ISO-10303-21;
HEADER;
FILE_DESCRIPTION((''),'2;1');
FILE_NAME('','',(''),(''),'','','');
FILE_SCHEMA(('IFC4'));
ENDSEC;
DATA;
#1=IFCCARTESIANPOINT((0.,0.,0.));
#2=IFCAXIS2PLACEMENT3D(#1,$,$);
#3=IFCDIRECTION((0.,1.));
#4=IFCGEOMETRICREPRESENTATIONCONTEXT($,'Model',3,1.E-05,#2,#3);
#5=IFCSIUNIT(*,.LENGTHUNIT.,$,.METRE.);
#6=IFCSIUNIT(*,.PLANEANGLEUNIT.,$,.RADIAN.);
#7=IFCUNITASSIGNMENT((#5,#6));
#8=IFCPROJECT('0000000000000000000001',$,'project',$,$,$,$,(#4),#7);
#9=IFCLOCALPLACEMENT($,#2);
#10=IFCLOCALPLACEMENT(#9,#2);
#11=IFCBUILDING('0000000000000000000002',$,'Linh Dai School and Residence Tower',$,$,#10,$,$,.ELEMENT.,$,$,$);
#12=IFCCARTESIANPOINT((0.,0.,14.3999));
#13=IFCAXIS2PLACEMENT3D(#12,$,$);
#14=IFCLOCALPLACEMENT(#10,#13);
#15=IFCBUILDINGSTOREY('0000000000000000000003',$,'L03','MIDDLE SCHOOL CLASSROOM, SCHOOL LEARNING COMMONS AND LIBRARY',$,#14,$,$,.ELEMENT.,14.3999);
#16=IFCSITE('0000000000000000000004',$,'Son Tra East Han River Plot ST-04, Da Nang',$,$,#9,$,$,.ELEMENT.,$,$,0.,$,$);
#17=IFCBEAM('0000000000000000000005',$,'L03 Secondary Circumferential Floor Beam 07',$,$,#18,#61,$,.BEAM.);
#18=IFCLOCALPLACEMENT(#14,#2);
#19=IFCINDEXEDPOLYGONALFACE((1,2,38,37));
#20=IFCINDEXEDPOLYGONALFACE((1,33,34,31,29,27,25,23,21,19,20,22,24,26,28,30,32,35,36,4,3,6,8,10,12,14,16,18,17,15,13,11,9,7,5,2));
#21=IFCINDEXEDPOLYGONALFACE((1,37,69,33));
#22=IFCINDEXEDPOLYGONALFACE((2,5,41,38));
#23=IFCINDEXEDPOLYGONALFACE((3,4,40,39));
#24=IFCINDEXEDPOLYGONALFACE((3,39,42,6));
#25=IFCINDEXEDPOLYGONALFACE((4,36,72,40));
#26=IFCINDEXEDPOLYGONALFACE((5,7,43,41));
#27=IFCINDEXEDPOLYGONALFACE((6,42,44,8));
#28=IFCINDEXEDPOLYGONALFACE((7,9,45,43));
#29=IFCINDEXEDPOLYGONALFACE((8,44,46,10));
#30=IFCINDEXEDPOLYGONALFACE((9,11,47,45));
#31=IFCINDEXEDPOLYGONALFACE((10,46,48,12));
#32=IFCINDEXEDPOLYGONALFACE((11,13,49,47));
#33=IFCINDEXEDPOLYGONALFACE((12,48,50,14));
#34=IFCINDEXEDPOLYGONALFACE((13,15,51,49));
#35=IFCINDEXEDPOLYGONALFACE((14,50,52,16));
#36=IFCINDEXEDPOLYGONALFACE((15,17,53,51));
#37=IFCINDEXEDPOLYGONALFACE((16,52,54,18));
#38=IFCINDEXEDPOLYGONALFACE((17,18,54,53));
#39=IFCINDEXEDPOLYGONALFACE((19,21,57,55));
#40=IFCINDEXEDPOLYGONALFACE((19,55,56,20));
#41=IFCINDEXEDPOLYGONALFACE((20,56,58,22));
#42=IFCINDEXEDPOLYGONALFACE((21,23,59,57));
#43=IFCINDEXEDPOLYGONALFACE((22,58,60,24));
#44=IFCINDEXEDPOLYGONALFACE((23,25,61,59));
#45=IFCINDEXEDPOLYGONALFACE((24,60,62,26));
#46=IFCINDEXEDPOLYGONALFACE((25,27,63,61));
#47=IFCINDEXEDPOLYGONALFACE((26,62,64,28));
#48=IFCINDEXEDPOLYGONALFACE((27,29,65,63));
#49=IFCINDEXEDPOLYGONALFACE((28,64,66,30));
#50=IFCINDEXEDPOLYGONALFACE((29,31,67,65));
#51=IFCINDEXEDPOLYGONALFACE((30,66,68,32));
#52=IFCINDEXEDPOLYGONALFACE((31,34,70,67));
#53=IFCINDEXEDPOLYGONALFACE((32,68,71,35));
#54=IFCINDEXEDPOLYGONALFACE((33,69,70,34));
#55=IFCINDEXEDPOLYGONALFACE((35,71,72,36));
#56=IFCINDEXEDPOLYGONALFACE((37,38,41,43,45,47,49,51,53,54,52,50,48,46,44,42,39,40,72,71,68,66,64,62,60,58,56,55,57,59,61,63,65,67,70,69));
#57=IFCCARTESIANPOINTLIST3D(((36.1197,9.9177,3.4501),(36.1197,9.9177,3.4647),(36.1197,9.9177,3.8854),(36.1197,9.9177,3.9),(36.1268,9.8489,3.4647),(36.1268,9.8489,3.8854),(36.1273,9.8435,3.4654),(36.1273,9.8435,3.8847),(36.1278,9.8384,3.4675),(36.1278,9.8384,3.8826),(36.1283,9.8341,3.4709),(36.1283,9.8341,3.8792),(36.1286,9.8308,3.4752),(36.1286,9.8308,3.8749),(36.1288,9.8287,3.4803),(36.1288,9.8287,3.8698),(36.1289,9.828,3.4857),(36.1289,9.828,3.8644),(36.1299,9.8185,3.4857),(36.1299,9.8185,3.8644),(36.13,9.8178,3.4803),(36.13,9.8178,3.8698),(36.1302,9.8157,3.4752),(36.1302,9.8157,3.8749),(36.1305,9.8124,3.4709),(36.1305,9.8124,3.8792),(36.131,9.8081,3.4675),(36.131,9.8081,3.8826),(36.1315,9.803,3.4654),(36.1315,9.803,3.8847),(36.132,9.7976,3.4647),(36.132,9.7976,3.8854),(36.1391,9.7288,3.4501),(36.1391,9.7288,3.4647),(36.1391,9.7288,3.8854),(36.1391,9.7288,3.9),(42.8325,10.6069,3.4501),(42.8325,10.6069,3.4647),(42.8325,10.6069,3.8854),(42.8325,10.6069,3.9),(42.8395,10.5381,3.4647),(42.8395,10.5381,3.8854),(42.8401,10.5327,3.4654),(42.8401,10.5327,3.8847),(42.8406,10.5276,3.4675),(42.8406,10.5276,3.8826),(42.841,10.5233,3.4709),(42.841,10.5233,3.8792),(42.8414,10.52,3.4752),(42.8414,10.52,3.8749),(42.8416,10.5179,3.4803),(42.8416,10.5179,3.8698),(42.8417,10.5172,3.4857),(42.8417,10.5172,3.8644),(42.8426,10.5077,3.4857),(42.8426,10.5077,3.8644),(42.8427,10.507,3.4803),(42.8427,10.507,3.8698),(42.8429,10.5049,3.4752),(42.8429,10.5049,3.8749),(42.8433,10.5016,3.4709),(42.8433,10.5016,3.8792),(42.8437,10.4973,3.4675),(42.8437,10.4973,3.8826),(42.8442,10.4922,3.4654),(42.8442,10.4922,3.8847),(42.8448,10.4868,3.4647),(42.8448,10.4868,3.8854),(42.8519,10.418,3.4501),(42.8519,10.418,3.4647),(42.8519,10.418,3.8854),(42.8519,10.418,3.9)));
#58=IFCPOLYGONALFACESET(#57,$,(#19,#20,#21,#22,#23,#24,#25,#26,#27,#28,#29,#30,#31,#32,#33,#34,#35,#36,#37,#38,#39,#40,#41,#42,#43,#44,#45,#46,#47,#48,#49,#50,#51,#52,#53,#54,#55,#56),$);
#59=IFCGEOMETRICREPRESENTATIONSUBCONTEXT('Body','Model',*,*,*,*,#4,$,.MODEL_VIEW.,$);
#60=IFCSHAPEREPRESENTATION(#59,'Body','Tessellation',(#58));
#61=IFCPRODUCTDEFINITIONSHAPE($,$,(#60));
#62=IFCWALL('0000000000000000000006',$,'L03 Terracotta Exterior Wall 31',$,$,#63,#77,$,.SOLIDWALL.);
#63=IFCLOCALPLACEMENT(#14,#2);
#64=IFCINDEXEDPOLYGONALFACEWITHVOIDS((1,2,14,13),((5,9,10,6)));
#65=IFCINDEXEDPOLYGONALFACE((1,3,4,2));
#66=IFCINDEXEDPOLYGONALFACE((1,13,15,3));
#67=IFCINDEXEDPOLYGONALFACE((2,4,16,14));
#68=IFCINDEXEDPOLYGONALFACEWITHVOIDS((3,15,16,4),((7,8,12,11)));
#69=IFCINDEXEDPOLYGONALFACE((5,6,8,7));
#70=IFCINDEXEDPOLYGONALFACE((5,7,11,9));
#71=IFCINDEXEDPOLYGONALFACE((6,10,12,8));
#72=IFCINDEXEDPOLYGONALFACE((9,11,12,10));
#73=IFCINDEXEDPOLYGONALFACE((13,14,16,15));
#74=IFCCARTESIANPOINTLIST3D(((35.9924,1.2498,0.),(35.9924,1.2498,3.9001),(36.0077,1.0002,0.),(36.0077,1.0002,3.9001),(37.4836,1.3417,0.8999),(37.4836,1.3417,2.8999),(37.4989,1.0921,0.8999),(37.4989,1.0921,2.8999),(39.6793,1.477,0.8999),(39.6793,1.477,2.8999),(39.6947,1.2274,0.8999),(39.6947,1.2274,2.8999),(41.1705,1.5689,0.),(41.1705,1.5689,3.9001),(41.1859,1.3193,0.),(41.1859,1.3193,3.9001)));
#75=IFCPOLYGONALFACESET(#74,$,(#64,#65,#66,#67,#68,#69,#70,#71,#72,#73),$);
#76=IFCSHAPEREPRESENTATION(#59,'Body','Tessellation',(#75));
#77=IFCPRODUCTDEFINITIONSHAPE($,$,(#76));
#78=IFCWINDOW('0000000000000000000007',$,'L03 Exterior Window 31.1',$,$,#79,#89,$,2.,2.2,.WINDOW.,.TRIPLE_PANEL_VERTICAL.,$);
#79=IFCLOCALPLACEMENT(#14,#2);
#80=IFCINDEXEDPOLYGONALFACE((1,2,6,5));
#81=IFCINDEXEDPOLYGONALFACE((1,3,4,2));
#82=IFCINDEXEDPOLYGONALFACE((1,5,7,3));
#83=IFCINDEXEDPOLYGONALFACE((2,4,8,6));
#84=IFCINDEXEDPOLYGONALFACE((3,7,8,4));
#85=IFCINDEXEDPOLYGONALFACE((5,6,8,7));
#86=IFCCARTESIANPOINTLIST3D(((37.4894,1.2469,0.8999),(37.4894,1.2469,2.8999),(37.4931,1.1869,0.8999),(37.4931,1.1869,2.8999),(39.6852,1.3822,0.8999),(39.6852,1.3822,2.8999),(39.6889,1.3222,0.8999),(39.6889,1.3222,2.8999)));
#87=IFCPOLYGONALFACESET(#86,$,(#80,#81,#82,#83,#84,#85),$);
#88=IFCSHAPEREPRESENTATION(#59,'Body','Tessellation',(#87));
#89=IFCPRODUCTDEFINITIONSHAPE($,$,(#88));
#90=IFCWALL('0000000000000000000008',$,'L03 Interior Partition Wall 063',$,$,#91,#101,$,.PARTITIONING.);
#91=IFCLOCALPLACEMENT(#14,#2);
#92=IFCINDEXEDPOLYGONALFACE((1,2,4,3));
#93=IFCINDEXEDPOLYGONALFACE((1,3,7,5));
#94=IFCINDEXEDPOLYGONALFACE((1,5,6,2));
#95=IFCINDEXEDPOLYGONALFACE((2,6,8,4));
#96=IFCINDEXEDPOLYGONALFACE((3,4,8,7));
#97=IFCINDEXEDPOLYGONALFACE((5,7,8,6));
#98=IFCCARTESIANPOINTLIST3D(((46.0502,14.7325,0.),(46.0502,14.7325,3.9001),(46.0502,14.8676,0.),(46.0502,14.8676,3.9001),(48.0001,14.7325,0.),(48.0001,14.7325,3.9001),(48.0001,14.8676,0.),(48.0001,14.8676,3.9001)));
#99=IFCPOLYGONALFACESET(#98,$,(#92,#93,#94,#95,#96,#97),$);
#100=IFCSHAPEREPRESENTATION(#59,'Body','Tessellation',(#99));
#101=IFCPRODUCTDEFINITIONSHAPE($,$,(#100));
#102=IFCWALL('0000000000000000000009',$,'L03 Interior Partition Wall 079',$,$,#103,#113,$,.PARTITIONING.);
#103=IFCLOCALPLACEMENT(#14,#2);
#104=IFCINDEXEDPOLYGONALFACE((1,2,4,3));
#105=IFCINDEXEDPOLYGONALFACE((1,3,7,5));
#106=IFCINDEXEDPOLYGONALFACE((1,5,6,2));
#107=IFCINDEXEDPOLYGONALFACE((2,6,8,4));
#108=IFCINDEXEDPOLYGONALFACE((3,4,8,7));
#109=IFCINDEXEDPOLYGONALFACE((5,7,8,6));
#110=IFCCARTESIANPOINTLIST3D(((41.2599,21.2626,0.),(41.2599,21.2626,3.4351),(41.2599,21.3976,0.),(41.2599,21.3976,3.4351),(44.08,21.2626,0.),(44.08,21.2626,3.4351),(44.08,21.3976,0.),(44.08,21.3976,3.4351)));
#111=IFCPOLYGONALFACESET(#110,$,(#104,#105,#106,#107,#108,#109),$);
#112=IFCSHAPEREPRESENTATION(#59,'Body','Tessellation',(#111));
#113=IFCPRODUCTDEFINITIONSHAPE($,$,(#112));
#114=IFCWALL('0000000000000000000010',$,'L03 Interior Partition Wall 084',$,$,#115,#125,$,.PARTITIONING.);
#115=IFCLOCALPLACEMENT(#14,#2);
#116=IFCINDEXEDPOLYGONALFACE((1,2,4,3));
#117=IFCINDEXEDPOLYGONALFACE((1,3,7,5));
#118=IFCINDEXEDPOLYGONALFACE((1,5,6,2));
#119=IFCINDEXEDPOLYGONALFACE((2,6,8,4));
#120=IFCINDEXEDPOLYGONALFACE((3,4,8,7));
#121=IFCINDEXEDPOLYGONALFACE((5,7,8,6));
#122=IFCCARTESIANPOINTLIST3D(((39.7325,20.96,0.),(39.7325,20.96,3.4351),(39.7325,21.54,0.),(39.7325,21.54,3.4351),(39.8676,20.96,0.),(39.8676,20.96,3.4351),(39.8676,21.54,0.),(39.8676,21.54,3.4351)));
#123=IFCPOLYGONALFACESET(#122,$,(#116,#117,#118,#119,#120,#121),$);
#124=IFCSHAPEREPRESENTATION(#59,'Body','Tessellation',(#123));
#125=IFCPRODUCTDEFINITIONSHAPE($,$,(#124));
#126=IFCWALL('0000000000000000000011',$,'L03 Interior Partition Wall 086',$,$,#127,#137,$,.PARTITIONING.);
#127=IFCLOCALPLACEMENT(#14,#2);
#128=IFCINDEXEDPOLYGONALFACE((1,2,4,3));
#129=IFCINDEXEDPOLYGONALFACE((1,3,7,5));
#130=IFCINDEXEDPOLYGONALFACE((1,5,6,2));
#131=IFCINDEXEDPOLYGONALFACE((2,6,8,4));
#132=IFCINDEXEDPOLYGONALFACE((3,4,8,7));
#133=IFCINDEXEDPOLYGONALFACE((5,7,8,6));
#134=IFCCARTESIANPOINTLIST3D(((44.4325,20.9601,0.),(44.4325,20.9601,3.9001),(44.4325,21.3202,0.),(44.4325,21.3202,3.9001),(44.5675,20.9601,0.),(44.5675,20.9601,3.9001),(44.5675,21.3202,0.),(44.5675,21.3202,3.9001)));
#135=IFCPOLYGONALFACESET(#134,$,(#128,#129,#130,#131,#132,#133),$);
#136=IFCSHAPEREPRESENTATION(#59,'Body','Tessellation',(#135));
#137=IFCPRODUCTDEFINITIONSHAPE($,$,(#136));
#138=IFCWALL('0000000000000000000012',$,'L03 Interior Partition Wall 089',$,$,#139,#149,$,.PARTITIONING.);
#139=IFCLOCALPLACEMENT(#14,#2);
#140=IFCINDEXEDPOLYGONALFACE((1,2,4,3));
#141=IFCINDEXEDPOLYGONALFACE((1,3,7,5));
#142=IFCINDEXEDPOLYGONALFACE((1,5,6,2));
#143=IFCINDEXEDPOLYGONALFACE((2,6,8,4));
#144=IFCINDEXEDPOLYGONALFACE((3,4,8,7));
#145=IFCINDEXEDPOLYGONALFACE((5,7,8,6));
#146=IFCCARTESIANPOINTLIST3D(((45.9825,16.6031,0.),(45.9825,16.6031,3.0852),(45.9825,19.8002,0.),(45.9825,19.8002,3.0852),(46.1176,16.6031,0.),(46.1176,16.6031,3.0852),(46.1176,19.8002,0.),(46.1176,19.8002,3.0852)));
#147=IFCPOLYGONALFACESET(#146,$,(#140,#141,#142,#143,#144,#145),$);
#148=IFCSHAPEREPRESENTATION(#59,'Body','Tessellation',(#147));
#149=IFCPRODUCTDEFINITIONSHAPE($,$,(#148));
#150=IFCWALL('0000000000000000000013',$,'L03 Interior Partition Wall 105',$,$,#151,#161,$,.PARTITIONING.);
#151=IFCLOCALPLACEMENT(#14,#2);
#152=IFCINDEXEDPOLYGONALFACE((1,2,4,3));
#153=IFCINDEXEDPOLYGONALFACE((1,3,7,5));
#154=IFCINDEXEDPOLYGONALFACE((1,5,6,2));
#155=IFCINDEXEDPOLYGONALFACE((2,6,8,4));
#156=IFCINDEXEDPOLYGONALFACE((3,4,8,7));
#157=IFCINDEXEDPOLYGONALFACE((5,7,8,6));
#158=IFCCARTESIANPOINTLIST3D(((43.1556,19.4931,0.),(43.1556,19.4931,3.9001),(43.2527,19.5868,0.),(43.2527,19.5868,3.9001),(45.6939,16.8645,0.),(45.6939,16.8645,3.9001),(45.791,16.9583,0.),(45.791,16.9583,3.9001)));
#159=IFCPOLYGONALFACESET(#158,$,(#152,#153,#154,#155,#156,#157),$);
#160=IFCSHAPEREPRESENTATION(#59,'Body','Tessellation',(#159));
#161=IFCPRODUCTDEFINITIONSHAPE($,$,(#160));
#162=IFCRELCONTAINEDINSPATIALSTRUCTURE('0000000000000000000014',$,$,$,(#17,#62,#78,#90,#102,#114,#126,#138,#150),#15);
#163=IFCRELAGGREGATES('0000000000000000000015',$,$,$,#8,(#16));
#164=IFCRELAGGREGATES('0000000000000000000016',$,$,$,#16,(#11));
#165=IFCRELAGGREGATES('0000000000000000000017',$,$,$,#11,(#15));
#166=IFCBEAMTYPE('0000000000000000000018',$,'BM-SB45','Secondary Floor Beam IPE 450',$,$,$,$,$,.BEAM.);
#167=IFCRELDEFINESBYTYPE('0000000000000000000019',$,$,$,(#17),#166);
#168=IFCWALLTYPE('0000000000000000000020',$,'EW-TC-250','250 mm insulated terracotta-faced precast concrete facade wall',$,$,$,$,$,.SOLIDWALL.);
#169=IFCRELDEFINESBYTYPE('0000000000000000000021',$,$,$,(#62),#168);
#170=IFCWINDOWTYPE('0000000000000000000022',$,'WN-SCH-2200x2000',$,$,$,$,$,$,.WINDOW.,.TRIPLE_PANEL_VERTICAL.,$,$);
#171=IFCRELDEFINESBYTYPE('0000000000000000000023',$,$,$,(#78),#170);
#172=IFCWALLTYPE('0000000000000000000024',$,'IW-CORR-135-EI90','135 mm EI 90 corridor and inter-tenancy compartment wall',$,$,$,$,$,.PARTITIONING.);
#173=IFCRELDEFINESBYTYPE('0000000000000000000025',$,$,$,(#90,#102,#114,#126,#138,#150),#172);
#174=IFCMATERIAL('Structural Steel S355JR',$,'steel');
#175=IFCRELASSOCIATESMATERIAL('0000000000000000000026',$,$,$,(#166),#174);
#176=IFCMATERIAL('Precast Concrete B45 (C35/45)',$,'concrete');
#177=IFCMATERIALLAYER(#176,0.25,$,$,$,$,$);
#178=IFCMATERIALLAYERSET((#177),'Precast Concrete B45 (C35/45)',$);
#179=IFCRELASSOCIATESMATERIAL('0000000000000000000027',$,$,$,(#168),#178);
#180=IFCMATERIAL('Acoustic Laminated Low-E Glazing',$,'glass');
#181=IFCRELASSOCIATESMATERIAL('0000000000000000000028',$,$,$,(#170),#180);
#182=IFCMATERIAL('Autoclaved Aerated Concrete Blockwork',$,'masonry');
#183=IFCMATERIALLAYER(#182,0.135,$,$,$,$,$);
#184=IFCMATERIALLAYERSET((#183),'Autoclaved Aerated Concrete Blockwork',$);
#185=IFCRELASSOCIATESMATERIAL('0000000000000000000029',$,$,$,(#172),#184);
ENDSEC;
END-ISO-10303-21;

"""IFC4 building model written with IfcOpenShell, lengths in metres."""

from ifc_helpers import new_model, si_unit, direction, frame, frame_2d, origin, origin_2d, place, context, subcontext, project, spatial, rectangle, i_section, extrude, source, transform, mapped, material, layer, layer_set, material_profile, profile_set, type_object, element, fill, save


model = new_model("IFC4")

# Units and contexts
model_context = context("Model", 3, precision=1e-05, world=origin(), true_north=direction((0.0, 1.0)))
body_context = subcontext(model_context, "Body", "Model", "MODEL_VIEW")
ifc_project = project(units=[si_unit("LENGTHUNIT", "METRE"), si_unit("PLANEANGLEUNIT", "RADIAN")], contexts=[model_context])

# Site, building, storey
site_placement = place(None, origin())
site = spatial("IfcSite", under=ifc_project, at=site_placement, Name="Son Tra East Han River Plot ST-04, Da Nang", CompositionType="ELEMENT", RefElevation=0.0)
building_placement = place(site_placement, origin())
building = spatial("IfcBuilding", under=site, at=building_placement, Name="Linh Dai School and Residence Tower", CompositionType="ELEMENT")
storey_placement = place(building_placement, frame((0.0, 0.0, 14.3999)))
storey = spatial("IfcBuildingStorey", under=building, at=storey_placement, Name="L03", Description="MIDDLE SCHOOL CLASSROOM, SCHOOL LEARNING COMMONS AND LIBRARY", CompositionType="ELEMENT", Elevation=14.3999)

# Shared definitions
ifc_material_1 = material(Name="Structural Steel S355JR", Category="steel")

# Beam
ifc_material_profile_1 = material_profile(ifc_material_1, i_section(OverallWidth=0.1899, OverallDepth=0.45, WebThickness=0.0095, FlangeThickness=0.0146, FilletRadius=0.021, at=origin_2d()), Name="IPE 450")
ifc_profile_set_1 = profile_set([ifc_material_profile_1], Name="Structural Steel S355JR")
beam_type_1 = type_object("IfcBeamType", Name="BM-SB45", Description="Secondary Floor Beam IPE 450", PredefinedType="BEAM", material=ifc_profile_set_1)
beam_1_placement = place(storey_placement, frame((36.1294, 9.8232, 3.675), z_axis=(0.99477, 0.102136, 0.0), x_axis=(-0.102136, 0.99477, 0.0)))
element("IfcBeam", 1, at=beam_1_placement, inside=storey, type_object=beam_type_1, Name="L03 Secondary Circumferential Floor Beam 07", PredefinedType="BEAM", context=body_context, shape_type="SweptSolid", body=[
    extrude(i_section(OverallWidth=0.1899, OverallDepth=0.45, WebThickness=0.0095, FlangeThickness=0.0146, FilletRadius=0.021, at=origin_2d()), origin(), (0.0, 0.0, 1.0), 6.748),
])

# Wall, opening, window
ifc_material_2 = material(Name="Precast Concrete B45 (C35/45)", Category="concrete")
ifc_layer_1 = layer(ifc_material_2, 0.25)
ifc_layer_set_1 = layer_set([ifc_layer_1], Name="Precast Concrete B45 (C35/45)")
wall_type_1 = type_object("IfcWallType", Name="EW-TC-250", Description="250 mm insulated terracotta-faced precast concrete facade wall", PredefinedType="SOLIDWALL", material=ifc_layer_set_1)
wall_1_placement = place(storey_placement, frame((41.1782, 1.4441, 0.0), z_axis=(0.0, 0.0, 1.0), x_axis=(-0.998107, -0.061505, 0.0)))
wall_1 = element("IfcWall", 2, at=wall_1_placement, inside=storey, type_object=wall_type_1, Name="L03 Terracotta Exterior Wall 31", PredefinedType="SOLIDWALL", context=body_context, shape_type="SweptSolid", body=[
    extrude(rectangle(XDim=5.188, YDim=0.25, at=frame_2d((2.594, 0.0))), origin(), (0.0, 0.0, 1.0), 3.9001),
])
opening_1_placement = place(wall_1_placement, frame((1.4939, 0.0, 0.8999)))
opening_1 = element("IfcOpeningElement", 3, at=opening_1_placement, cuts=wall_1, PredefinedType="OPENING", context=body_context, shape_type="SweptSolid", body=[
    extrude(rectangle(XDim=2.2, YDim=2.0, at=origin_2d()), frame((1.1001, 0.135, 1.0), z_axis=(0.0, -1.0, 0.0), x_axis=(1.0, 0.0, 0.0)), (0.0, 0.0, 1.0), 0.27),
])
ifc_material_3 = material(Name="Acoustic Laminated Low-E Glazing", Category="glass")
window_type = type_object("IfcWindowType", Name="WN-SCH-2200x2000", PartitioningType="TRIPLE_PANEL_VERTICAL", PredefinedType="WINDOW", material=ifc_material_3)
shared_shape_1 = source(origin(), body_context, "Body", "SweptSolid", [
    extrude(rectangle(XDim=2.2, YDim=2.0, at=origin_2d()), frame((1.1001, 0.03, 1.0), z_axis=(0.0, -1.0, 0.0), x_axis=(1.0, 0.0, 0.0)), (0.0, 0.0, 1.0), 0.0601),
])
window_placement = place(opening_1_placement, origin())
window = element("IfcWindow", 4, at=window_placement, inside=storey, type_object=window_type, Name="L03 Exterior Window 31.1", OverallHeight=2.0, OverallWidth=2.2, PartitioningType="TRIPLE_PANEL_VERTICAL", PredefinedType="WINDOW", context=body_context, shape_type="MappedRepresentation", body=[
    mapped(shared_shape_1, transform((0.0, 0.0, 0.0), x_axis=(1.0, 0.0, 0.0), y_axis=(0.0, 1.0, 0.0), z_axis=(0.0, 0.0, 1.0), scale=1.0)),
])
fill(opening_1, window)

# Shared definitions
ifc_material_4 = material(Name="Autoclaved Aerated Concrete Blockwork", Category="masonry")
ifc_layer_2 = layer(ifc_material_4, 0.135)
ifc_layer_set_2 = layer_set([ifc_layer_2], Name="Autoclaved Aerated Concrete Blockwork")
wall_type_2 = type_object("IfcWallType", Name="IW-CORR-135-EI90", Description="135 mm EI 90 corridor and inter-tenancy compartment wall", PredefinedType="PARTITIONING", material=ifc_layer_set_2)

# Walls
wall_2_placement = place(storey_placement, frame((46.05, 14.8, 0.0), z_axis=(0.0, 0.0, 1.0), x_axis=(1.0, 0.0, 0.0)))
element("IfcWall", 5, at=wall_2_placement, inside=storey, type_object=wall_type_2, Name="L03 Interior Partition Wall 063", PredefinedType="PARTITIONING", context=body_context, shape_type="SweptSolid", body=[
    extrude(rectangle(XDim=1.95, YDim=0.135, at=frame_2d((0.9751, 0.0))), origin(), (0.0, 0.0, 1.0), 3.9001),
])
wall_3_placement = place(storey_placement, frame((44.0801, 21.3301, 0.0), z_axis=(0.0, 0.0, 1.0), x_axis=(-1.0, 0.0, 0.0)))
element("IfcWall", 6, at=wall_3_placement, inside=storey, type_object=wall_type_2, Name="L03 Interior Partition Wall 079", PredefinedType="PARTITIONING", context=body_context, shape_type="SweptSolid", body=[
    extrude(rectangle(XDim=2.8201, YDim=0.135, at=frame_2d((1.4102, 0.0))), origin(), (0.0, 0.0, 1.0), 3.4351),
])
wall_4_placement = place(storey_placement, frame((39.8, 20.96, 0.0), z_axis=(0.0, 0.0, 1.0), x_axis=(0.0, 1.0, 0.0)))
element("IfcWall", 7, at=wall_4_placement, inside=storey, type_object=wall_type_2, Name="L03 Interior Partition Wall 084", PredefinedType="PARTITIONING", context=body_context, shape_type="SweptSolid", body=[
    extrude(rectangle(XDim=0.5801, YDim=0.135, at=frame_2d((0.29, 0.0))), origin(), (0.0, 0.0, 1.0), 3.4351),
])
wall_5_placement = place(storey_placement, frame((44.5, 20.96, 0.0), z_axis=(0.0, 0.0, 1.0), x_axis=(0.0, 1.0, 0.0)))
element("IfcWall", 8, at=wall_5_placement, inside=storey, type_object=wall_type_2, Name="L03 Interior Partition Wall 086", PredefinedType="PARTITIONING", context=body_context, shape_type="SweptSolid", body=[
    extrude(rectangle(XDim=0.3601, YDim=0.135, at=frame_2d((0.1802, 0.0))), origin(), (0.0, 0.0, 1.0), 3.9001),
])
wall_6_placement = place(storey_placement, frame((46.05, 16.603, 0.0), z_axis=(0.0, 0.0, 1.0), x_axis=(0.0, 1.0, 0.0)))
element("IfcWall", 9, at=wall_6_placement, inside=storey, type_object=wall_type_2, Name="L03 Interior Partition Wall 089", PredefinedType="PARTITIONING", context=body_context, shape_type="SweptSolid", body=[
    extrude(rectangle(XDim=3.197, YDim=0.135, at=frame_2d((1.5986, 0.0))), origin(), (0.0, 0.0, 1.0), 3.0852),
])
wall_7_placement = place(storey_placement, frame((43.2041, 19.54, 0.0), z_axis=(0.0, 0.0, 1.0), x_axis=(0.694639, -0.719359, 0.0)))
element("IfcWall", 10, at=wall_7_placement, inside=storey, type_object=wall_type_2, Name="L03 Interior Partition Wall 105", PredefinedType="PARTITIONING", context=body_context, shape_type="SweptSolid", body=[
    extrude(rectangle(XDim=3.6541, YDim=0.135, at=frame_2d((1.8271, 0.0))), origin(), (0.0, 0.0, 1.0), 3.9001),
])

save(model, "model.ifc")
